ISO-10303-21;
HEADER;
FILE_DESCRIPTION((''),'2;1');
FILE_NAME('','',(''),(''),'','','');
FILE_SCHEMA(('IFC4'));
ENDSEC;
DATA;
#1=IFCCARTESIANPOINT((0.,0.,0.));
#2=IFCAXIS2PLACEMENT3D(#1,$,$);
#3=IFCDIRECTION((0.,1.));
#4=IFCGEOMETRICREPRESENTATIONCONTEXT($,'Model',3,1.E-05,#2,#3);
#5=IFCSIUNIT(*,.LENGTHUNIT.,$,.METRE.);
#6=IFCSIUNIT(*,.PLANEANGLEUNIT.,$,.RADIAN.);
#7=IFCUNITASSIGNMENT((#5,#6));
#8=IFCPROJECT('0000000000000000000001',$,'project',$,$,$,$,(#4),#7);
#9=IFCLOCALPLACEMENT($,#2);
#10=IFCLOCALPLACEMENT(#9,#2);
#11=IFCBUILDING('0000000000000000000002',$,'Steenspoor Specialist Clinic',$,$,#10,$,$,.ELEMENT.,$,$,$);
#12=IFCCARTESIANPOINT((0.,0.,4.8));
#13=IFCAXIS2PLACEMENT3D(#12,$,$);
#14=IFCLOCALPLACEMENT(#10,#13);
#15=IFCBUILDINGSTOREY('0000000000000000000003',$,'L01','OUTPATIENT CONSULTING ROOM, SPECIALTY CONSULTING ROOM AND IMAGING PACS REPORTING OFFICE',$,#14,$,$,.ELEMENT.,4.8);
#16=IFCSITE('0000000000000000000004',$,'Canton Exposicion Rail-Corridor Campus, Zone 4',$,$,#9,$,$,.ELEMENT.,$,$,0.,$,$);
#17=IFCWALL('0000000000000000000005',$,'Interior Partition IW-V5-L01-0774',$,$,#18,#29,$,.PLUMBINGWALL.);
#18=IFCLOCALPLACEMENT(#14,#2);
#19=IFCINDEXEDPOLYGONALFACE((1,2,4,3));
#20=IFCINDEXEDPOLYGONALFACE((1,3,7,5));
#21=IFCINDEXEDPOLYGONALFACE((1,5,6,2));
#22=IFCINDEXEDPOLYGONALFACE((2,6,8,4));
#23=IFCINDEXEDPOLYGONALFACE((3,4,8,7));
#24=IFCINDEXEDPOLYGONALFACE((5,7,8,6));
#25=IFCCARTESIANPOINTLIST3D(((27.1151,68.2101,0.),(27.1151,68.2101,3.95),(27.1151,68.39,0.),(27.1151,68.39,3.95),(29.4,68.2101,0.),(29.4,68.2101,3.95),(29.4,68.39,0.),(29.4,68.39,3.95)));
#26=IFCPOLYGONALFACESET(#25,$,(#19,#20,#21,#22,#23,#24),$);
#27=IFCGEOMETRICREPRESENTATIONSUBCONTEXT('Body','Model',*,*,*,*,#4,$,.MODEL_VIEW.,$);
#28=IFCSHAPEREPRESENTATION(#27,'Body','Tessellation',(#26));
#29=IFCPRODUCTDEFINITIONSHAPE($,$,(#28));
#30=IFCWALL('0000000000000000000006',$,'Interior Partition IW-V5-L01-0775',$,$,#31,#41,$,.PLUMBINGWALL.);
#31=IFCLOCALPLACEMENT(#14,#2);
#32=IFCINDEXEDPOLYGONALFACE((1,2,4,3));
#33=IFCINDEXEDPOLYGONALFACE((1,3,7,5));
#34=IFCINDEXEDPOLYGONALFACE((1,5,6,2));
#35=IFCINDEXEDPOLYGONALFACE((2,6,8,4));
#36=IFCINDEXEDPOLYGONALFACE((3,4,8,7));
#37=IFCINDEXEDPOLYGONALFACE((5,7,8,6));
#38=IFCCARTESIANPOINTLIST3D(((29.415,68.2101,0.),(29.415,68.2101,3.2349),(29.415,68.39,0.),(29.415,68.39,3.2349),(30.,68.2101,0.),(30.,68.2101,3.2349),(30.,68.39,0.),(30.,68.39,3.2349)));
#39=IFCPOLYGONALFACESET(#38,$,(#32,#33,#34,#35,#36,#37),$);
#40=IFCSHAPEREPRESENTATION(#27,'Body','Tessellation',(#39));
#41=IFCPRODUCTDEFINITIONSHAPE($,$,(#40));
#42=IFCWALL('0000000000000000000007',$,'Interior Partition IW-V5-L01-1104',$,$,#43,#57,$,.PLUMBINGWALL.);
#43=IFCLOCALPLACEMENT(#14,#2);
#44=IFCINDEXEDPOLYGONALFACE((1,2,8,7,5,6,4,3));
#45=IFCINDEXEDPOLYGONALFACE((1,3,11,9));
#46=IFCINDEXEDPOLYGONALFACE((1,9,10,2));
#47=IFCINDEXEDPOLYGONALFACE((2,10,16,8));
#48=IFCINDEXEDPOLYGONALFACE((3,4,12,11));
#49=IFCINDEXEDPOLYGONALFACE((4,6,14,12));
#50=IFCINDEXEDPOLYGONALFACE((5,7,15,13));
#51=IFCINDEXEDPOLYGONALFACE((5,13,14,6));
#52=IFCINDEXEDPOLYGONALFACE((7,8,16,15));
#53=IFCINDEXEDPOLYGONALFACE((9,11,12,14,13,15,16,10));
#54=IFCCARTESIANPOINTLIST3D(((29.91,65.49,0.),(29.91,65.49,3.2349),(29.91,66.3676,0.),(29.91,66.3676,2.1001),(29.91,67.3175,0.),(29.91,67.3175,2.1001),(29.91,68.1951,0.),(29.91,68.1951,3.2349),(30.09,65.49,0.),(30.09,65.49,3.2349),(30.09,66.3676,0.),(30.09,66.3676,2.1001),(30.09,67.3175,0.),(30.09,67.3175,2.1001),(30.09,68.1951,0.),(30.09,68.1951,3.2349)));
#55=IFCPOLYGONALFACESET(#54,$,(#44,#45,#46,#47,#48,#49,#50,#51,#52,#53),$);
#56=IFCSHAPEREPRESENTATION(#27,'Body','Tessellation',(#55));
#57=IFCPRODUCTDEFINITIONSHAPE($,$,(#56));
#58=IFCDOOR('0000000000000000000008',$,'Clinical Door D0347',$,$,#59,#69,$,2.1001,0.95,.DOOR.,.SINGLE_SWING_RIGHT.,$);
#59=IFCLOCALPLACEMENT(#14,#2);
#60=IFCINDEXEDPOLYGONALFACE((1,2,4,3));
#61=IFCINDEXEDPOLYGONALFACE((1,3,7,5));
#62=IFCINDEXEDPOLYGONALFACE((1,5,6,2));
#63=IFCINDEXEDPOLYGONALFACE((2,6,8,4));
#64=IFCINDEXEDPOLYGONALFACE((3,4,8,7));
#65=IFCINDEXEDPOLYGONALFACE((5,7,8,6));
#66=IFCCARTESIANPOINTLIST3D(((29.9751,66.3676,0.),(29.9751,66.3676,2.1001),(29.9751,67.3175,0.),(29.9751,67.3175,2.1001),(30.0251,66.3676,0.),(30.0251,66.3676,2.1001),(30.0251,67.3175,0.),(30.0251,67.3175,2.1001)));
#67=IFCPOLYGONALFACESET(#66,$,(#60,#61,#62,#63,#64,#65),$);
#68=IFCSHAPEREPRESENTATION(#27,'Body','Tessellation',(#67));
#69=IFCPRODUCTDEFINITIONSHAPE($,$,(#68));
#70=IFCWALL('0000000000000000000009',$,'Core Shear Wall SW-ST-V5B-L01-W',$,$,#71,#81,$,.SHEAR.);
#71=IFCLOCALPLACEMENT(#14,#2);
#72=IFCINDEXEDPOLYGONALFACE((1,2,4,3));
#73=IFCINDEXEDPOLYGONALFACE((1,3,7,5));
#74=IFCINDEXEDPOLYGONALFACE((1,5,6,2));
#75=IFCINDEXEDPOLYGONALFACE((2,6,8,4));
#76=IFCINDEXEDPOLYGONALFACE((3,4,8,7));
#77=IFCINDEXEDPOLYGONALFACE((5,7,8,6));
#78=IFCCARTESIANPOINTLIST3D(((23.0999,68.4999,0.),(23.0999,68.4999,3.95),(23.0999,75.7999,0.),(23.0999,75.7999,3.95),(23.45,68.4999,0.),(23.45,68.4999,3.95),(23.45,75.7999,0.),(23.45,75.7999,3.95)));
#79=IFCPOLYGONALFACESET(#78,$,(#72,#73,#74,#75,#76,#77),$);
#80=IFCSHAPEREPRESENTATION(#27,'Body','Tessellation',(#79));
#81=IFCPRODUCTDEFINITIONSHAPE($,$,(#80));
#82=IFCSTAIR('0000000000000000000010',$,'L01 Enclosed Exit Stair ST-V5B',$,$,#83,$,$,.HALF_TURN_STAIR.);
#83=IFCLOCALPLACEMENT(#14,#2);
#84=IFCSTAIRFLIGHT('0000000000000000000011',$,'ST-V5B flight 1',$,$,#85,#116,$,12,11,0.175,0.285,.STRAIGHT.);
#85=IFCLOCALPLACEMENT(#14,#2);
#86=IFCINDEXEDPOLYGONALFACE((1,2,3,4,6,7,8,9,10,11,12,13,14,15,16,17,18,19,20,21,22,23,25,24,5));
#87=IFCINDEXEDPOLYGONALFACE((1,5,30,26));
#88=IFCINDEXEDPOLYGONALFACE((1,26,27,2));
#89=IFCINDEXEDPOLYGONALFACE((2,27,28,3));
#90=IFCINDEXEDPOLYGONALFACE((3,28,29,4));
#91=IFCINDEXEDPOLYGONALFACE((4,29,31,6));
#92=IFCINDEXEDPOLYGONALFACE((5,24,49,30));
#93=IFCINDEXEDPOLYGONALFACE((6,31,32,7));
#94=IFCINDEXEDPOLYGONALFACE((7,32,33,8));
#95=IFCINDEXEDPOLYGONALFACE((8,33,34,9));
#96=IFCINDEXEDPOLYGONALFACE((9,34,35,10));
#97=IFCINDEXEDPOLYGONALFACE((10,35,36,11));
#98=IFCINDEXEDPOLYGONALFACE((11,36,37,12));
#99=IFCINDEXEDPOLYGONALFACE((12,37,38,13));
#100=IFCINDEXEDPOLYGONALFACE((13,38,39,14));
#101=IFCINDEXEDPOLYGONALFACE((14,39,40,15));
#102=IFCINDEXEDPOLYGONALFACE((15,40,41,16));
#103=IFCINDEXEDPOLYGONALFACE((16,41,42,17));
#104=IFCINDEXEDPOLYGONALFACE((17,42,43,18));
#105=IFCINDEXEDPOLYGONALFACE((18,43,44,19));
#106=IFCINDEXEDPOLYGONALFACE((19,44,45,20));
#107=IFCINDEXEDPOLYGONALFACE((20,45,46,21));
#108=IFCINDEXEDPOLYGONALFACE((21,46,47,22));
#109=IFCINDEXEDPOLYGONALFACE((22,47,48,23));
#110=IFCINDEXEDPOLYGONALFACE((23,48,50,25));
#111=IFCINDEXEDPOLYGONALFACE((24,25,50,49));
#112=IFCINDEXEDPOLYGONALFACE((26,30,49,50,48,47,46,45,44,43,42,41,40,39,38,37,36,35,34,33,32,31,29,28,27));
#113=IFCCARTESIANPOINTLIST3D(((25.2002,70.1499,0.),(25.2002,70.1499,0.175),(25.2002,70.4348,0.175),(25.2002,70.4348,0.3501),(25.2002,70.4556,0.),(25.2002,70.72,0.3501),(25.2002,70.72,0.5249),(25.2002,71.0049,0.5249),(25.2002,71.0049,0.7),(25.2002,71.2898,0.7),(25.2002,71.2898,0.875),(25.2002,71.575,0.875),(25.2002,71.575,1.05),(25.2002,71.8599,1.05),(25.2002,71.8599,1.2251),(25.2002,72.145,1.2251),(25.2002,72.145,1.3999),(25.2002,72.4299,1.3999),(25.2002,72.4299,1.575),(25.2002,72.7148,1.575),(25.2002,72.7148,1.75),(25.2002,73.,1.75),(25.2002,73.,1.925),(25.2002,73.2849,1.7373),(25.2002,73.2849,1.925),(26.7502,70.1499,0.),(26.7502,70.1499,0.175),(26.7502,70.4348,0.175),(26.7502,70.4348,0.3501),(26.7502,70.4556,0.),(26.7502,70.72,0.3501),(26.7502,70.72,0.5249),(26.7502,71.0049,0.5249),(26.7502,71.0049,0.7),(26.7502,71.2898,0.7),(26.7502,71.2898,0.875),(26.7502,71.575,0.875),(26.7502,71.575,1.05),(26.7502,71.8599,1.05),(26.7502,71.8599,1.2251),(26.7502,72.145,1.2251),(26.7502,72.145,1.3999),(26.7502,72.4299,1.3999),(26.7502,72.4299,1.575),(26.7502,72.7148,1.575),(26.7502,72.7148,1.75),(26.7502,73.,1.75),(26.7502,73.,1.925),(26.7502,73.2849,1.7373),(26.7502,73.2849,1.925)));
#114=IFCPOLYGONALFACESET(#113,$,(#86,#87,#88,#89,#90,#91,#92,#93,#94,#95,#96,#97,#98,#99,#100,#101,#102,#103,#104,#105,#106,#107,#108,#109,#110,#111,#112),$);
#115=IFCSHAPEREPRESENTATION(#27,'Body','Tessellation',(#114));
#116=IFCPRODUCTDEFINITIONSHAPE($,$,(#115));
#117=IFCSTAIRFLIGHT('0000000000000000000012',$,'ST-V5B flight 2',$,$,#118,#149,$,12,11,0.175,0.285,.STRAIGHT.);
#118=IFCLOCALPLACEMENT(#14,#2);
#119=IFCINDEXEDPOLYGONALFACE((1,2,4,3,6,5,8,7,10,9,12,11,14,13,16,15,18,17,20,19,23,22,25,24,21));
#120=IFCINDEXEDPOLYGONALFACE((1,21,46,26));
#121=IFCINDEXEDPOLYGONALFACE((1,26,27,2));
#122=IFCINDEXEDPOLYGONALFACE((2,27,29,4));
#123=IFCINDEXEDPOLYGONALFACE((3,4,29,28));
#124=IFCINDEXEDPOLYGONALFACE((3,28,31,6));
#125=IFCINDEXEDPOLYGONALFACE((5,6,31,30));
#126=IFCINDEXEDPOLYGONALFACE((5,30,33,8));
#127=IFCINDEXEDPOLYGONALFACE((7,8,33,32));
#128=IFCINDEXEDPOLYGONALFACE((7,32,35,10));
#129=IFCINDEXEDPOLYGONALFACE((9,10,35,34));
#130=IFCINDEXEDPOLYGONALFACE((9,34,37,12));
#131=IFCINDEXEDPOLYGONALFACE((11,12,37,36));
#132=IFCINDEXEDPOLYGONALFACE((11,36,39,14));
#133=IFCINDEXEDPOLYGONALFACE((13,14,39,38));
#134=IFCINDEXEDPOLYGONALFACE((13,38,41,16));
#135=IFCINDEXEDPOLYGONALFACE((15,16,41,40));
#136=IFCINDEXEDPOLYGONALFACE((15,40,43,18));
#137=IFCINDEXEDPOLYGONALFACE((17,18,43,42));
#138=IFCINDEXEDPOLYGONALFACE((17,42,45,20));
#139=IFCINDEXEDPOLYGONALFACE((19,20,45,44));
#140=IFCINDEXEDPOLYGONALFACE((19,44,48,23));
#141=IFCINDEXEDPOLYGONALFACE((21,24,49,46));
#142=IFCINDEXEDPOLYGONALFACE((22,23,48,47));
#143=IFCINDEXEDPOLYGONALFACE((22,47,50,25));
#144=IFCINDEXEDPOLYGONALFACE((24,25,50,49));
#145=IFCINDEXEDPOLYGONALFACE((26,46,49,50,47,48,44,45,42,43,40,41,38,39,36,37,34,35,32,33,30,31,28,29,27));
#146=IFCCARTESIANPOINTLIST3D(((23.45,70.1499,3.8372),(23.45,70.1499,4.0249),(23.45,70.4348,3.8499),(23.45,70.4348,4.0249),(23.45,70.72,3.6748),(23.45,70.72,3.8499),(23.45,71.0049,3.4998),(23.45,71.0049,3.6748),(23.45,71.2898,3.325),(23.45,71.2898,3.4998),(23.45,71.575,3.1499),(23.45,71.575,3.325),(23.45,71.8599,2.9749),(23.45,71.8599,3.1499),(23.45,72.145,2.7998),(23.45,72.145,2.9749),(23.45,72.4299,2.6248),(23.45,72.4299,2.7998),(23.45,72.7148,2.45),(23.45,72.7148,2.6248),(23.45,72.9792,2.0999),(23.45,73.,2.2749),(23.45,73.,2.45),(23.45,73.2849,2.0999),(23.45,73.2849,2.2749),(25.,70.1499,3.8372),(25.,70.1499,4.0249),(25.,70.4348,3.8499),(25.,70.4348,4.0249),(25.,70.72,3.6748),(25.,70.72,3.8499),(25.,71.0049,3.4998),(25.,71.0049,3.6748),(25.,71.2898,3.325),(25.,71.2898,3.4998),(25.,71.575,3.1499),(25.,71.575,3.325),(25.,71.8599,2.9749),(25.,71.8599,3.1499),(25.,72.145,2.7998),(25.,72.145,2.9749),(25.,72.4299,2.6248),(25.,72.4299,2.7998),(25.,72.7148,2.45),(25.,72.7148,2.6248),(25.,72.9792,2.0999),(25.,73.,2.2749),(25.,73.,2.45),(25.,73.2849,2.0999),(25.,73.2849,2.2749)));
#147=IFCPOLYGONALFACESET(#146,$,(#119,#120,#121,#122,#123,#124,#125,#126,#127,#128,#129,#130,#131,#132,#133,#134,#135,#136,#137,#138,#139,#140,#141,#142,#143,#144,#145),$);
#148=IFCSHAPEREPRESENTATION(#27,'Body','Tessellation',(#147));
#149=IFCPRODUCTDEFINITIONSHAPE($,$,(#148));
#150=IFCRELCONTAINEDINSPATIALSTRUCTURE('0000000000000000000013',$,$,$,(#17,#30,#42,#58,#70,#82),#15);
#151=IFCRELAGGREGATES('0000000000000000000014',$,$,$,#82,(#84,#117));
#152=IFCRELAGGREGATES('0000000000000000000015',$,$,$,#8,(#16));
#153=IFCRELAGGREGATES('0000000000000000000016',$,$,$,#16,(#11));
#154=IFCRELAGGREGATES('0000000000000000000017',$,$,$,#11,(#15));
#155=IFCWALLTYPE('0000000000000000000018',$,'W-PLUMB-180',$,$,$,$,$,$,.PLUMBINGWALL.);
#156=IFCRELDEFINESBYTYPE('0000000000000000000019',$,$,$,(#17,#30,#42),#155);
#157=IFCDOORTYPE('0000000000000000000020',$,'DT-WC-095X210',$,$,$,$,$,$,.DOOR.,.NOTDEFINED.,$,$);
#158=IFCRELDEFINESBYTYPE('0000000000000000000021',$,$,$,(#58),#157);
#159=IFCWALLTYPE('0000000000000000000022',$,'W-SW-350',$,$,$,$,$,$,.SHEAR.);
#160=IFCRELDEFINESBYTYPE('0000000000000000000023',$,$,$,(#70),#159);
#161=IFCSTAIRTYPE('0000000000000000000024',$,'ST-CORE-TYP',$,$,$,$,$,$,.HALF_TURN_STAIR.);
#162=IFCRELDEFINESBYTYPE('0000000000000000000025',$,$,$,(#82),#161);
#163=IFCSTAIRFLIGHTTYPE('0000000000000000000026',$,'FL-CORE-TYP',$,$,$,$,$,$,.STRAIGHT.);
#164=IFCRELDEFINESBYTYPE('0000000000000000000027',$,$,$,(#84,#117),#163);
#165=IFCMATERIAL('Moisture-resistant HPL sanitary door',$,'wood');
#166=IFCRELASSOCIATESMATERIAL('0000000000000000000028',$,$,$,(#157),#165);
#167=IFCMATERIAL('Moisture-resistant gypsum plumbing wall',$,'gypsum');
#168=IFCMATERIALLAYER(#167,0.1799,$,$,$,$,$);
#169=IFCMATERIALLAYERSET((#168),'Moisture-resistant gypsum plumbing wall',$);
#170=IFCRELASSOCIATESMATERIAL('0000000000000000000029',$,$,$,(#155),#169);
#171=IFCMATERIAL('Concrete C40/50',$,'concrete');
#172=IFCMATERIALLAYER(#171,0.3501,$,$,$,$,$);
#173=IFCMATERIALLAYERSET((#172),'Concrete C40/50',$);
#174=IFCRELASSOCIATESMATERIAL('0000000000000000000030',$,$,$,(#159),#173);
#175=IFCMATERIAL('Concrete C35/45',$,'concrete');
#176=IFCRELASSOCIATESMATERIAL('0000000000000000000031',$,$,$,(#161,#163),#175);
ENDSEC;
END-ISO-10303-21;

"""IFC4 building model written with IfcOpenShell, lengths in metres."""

from ifc_helpers import new_model, si_unit, direction, frame, frame_2d, origin, place, context, subcontext, project, spatial, polyline, rectangle, outline, extrude, material, layer, layer_set, type_object, element, fill, aggregate, save


model = new_model("IFC4")

# Units and contexts
model_context = context("Model", 3, precision=1e-05, world=origin(), true_north=direction((0.0, 1.0)))
body_context = subcontext(model_context, "Body", "Model", "MODEL_VIEW")
ifc_project = project(units=[si_unit("LENGTHUNIT", "METRE"), si_unit("PLANEANGLEUNIT", "RADIAN")], contexts=[model_context])

# Site, building, storey
site_placement = place(None, origin())
site = spatial("IfcSite", under=ifc_project, at=site_placement, Name="Canton Exposicion Rail-Corridor Campus, Zone 4", CompositionType="ELEMENT", RefElevation=0.0)
building_placement = place(site_placement, origin())
building = spatial("IfcBuilding", under=site, at=building_placement, Name="Steenspoor Specialist Clinic", CompositionType="ELEMENT")
storey_placement = place(building_placement, frame((0.0, 0.0, 4.8)))
storey = spatial("IfcBuildingStorey", under=building, at=storey_placement, Name="L01", Description="OUTPATIENT CONSULTING ROOM, SPECIALTY CONSULTING ROOM AND IMAGING PACS REPORTING OFFICE", CompositionType="ELEMENT", Elevation=4.8)

# Shared definitions
ifc_material_1 = material(Name="Concrete C40/50", Category="concrete")

# Shared definitions
ifc_material_2 = material(Name="Concrete C35/45", Category="concrete")

# Shared definitions
ifc_material_3 = material(Name="Moisture-resistant HPL sanitary door", Category="wood")
door_type_1 = type_object("IfcDoorType", Name="DT-WC-095X210", OperationType="NOTDEFINED", PredefinedType="DOOR", material=ifc_material_3)

# Walls
ifc_material_4 = material(Name="Moisture-resistant gypsum plumbing wall", Category="gypsum")
ifc_layer_1 = layer(ifc_material_4, 0.1799)
ifc_layer_set_1 = layer_set([ifc_layer_1], Name="Moisture-resistant gypsum plumbing wall")
wall_type_1 = type_object("IfcWallType", Name="W-PLUMB-180", PredefinedType="PLUMBINGWALL", material=ifc_layer_set_1)
wall_1_placement = place(storey_placement, frame((27.115, 68.3, 0.0), z_axis=(0.0, 0.0, 1.0), x_axis=(1.0, 0.0, 0.0)))
element("IfcWall", 1, at=wall_1_placement, inside=storey, type_object=wall_type_1, Name="Interior Partition IW-V5-L01-0774", PredefinedType="PLUMBINGWALL", context=body_context, shape_type="SweptSolid", body=[
    extrude(rectangle(XDim=2.2849, YDim=0.1799, at=frame_2d((1.1426, 0.0))), origin(), (0.0, 0.0, 1.0), 3.95),
])
wall_2_placement = place(storey_placement, frame((29.415, 68.3, 0.0), z_axis=(0.0, 0.0, 1.0), x_axis=(1.0, 0.0, 0.0)))
element("IfcWall", 2, at=wall_2_placement, inside=storey, type_object=wall_type_1, Name="Interior Partition IW-V5-L01-0775", PredefinedType="PLUMBINGWALL", context=body_context, shape_type="SweptSolid", body=[
    extrude(rectangle(XDim=0.585, YDim=0.1799, at=frame_2d((0.2925, 0.0))), origin(), (0.0, 0.0, 1.0), 3.2349),
])

# Wall, opening, door
wall_3_placement = place(storey_placement, frame((30.0, 65.49, 0.0), z_axis=(0.0, 0.0, 1.0), x_axis=(0.0, 1.0, 0.0)))
wall_3 = element("IfcWall", 3, at=wall_3_placement, inside=storey, type_object=wall_type_1, Name="Interior Partition IW-V5-L01-1104", PredefinedType="PLUMBINGWALL", context=body_context, shape_type="SweptSolid", body=[
    extrude(rectangle(XDim=2.7051, YDim=0.1799, at=frame_2d((1.3525, 0.0))), origin(), (0.0, 0.0, 1.0), 3.2349),
])
opening_1_placement = place(wall_3_placement, frame((0.8774, 0.0, 0.0)))
opening_1 = element("IfcOpeningElement", 4, at=opening_1_placement, cuts=wall_3, PredefinedType="OPENING", context=body_context, shape_type="SweptSolid", body=[
    extrude(rectangle(XDim=0.95, YDim=2.1001, at=frame_2d((0.4751, 1.05))), frame((0.0, 0.1001, 0.0), z_axis=(0.0, -1.0, 0.0), x_axis=(1.0, 0.0, 0.0)), (0.0, 0.0, 1.0), 0.2),
])
door_1_placement = place(opening_1_placement, origin())
door_1 = element("IfcDoor", 5, at=door_1_placement, inside=storey, type_object=door_type_1, Name="Clinical Door D0347", OperationType="SINGLE_SWING_RIGHT", OverallHeight=2.1001, OverallWidth=0.95, PredefinedType="DOOR", context=body_context, shape_type="SweptSolid", body=[
    extrude(rectangle(XDim=0.95, YDim=2.1001, at=frame_2d((0.4751, 1.05))), frame((0.0, 0.0249, 0.0), z_axis=(0.0, -1.0, 0.0), x_axis=(1.0, 0.0, 0.0)), (0.0, 0.0, 1.0), 0.05),
])
fill(opening_1, door_1)

# Wall
ifc_layer_2 = layer(ifc_material_1, 0.3501)
ifc_layer_set_2 = layer_set([ifc_layer_2], Name="Concrete C40/50")
wall_type_2 = type_object("IfcWallType", Name="W-SW-350", PredefinedType="SHEAR", material=ifc_layer_set_2)
wall_4_placement = place(storey_placement, frame((23.2749, 68.5, 0.0), z_axis=(0.0, 0.0, 1.0), x_axis=(0.0, 1.0, 0.0)))
element("IfcWall", 6, at=wall_4_placement, inside=storey, type_object=wall_type_2, Name="Core Shear Wall SW-ST-V5B-L01-W", PredefinedType="SHEAR", context=body_context, shape_type="SweptSolid", body=[
    extrude(rectangle(XDim=7.3, YDim=0.3501, at=frame_2d((3.6499, 0.0))), origin(), (0.0, 0.0, 1.0), 3.95),
])

# Stair, stair flights
stair_type = type_object("IfcStairType", Name="ST-CORE-TYP", PredefinedType="HALF_TURN_STAIR", material=ifc_material_2)
stair_placement = place(storey_placement, origin())
stair = element("IfcStair", 7, at=stair_placement, inside=storey, type_object=stair_type, Name="L01 Enclosed Exit Stair ST-V5B", PredefinedType="HALF_TURN_STAIR")
stair_flight_type = type_object("IfcStairFlightType", Name="FL-CORE-TYP", PredefinedType="STRAIGHT", material=ifc_material_2)
stair_flight_1_placement = place(storey_placement, frame((25.9751, 70.1499, 0.0), z_axis=(0.0, 0.0, 1.0), x_axis=(0.0, 1.0, 0.0)))
stair_flight_1 = element("IfcStairFlight", 8, at=stair_flight_1_placement, type_object=stair_flight_type, Name="ST-V5B flight 1", NumberOfRisers=12, NumberOfTreads=11, PredefinedType="STRAIGHT", RiserHeight=0.175, TreadLength=0.285, context=body_context, shape_type="SweptSolid", body=[
    extrude(outline(polyline([(0.0, 0.0), (0.0, 0.175), (0.2849, 0.175), (0.2849, 0.3501), (0.5701, 0.3501), (0.5701, 0.5249), (0.855, 0.5249), (0.855, 0.7), (1.1399, 0.7), (1.1399, 0.875), (1.425, 0.875), (1.425, 1.05), (1.71, 1.05), (1.71, 1.2251), (1.9951, 1.2251), (1.9951, 1.3999), (2.28, 1.3999), (2.28, 1.575), (2.5649, 1.575), (2.5649, 1.75), (2.8501, 1.75), (2.8501, 1.925), (3.135, 1.925), (3.135, 2.1001), (3.135, 1.7373), (0.3057, 0.0), (0.0, 0.0)])), frame((0.0, 0.7749, 0.0), z_axis=(0.0, -1.0, 0.0), x_axis=(1.0, 0.0, 0.0)), (0.0, 0.0, 1.0), 1.55),
])
stair_flight_2_placement = place(storey_placement, frame((24.2251, 73.2849, 2.0999), z_axis=(0.0, 0.0, 1.0), x_axis=(0.0, -1.0, 0.0)))
stair_flight_2 = element("IfcStairFlight", 9, at=stair_flight_2_placement, type_object=stair_flight_type, Name="ST-V5B flight 2", NumberOfRisers=12, NumberOfTreads=11, PredefinedType="STRAIGHT", RiserHeight=0.175, TreadLength=0.285, context=body_context, shape_type="SweptSolid", body=[
    extrude(outline(polyline([(0.0, 0.0), (0.0, 0.175), (0.2849, 0.175), (0.2849, 0.3501), (0.5701, 0.3501), (0.5701, 0.5249), (0.855, 0.5249), (0.855, 0.7), (1.1399, 0.7), (1.1399, 0.875), (1.425, 0.875), (1.425, 1.05), (1.71, 1.05), (1.71, 1.2251), (1.9951, 1.2251), (1.9951, 1.3999), (2.28, 1.3999), (2.28, 1.575), (2.5649, 1.575), (2.5649, 1.75), (2.8501, 1.75), (2.8501, 1.925), (3.135, 1.925), (3.135, 2.1001), (3.135, 1.7373), (0.3057, 0.0), (0.0, 0.0)])), frame((0.0, 0.7749, 0.0), z_axis=(0.0, -1.0, 0.0), x_axis=(1.0, 0.0, 0.0)), (0.0, 0.0, 1.0), 1.55),
])
aggregate(stair, [stair_flight_1, stair_flight_2])

save(model, "model.ifc")
